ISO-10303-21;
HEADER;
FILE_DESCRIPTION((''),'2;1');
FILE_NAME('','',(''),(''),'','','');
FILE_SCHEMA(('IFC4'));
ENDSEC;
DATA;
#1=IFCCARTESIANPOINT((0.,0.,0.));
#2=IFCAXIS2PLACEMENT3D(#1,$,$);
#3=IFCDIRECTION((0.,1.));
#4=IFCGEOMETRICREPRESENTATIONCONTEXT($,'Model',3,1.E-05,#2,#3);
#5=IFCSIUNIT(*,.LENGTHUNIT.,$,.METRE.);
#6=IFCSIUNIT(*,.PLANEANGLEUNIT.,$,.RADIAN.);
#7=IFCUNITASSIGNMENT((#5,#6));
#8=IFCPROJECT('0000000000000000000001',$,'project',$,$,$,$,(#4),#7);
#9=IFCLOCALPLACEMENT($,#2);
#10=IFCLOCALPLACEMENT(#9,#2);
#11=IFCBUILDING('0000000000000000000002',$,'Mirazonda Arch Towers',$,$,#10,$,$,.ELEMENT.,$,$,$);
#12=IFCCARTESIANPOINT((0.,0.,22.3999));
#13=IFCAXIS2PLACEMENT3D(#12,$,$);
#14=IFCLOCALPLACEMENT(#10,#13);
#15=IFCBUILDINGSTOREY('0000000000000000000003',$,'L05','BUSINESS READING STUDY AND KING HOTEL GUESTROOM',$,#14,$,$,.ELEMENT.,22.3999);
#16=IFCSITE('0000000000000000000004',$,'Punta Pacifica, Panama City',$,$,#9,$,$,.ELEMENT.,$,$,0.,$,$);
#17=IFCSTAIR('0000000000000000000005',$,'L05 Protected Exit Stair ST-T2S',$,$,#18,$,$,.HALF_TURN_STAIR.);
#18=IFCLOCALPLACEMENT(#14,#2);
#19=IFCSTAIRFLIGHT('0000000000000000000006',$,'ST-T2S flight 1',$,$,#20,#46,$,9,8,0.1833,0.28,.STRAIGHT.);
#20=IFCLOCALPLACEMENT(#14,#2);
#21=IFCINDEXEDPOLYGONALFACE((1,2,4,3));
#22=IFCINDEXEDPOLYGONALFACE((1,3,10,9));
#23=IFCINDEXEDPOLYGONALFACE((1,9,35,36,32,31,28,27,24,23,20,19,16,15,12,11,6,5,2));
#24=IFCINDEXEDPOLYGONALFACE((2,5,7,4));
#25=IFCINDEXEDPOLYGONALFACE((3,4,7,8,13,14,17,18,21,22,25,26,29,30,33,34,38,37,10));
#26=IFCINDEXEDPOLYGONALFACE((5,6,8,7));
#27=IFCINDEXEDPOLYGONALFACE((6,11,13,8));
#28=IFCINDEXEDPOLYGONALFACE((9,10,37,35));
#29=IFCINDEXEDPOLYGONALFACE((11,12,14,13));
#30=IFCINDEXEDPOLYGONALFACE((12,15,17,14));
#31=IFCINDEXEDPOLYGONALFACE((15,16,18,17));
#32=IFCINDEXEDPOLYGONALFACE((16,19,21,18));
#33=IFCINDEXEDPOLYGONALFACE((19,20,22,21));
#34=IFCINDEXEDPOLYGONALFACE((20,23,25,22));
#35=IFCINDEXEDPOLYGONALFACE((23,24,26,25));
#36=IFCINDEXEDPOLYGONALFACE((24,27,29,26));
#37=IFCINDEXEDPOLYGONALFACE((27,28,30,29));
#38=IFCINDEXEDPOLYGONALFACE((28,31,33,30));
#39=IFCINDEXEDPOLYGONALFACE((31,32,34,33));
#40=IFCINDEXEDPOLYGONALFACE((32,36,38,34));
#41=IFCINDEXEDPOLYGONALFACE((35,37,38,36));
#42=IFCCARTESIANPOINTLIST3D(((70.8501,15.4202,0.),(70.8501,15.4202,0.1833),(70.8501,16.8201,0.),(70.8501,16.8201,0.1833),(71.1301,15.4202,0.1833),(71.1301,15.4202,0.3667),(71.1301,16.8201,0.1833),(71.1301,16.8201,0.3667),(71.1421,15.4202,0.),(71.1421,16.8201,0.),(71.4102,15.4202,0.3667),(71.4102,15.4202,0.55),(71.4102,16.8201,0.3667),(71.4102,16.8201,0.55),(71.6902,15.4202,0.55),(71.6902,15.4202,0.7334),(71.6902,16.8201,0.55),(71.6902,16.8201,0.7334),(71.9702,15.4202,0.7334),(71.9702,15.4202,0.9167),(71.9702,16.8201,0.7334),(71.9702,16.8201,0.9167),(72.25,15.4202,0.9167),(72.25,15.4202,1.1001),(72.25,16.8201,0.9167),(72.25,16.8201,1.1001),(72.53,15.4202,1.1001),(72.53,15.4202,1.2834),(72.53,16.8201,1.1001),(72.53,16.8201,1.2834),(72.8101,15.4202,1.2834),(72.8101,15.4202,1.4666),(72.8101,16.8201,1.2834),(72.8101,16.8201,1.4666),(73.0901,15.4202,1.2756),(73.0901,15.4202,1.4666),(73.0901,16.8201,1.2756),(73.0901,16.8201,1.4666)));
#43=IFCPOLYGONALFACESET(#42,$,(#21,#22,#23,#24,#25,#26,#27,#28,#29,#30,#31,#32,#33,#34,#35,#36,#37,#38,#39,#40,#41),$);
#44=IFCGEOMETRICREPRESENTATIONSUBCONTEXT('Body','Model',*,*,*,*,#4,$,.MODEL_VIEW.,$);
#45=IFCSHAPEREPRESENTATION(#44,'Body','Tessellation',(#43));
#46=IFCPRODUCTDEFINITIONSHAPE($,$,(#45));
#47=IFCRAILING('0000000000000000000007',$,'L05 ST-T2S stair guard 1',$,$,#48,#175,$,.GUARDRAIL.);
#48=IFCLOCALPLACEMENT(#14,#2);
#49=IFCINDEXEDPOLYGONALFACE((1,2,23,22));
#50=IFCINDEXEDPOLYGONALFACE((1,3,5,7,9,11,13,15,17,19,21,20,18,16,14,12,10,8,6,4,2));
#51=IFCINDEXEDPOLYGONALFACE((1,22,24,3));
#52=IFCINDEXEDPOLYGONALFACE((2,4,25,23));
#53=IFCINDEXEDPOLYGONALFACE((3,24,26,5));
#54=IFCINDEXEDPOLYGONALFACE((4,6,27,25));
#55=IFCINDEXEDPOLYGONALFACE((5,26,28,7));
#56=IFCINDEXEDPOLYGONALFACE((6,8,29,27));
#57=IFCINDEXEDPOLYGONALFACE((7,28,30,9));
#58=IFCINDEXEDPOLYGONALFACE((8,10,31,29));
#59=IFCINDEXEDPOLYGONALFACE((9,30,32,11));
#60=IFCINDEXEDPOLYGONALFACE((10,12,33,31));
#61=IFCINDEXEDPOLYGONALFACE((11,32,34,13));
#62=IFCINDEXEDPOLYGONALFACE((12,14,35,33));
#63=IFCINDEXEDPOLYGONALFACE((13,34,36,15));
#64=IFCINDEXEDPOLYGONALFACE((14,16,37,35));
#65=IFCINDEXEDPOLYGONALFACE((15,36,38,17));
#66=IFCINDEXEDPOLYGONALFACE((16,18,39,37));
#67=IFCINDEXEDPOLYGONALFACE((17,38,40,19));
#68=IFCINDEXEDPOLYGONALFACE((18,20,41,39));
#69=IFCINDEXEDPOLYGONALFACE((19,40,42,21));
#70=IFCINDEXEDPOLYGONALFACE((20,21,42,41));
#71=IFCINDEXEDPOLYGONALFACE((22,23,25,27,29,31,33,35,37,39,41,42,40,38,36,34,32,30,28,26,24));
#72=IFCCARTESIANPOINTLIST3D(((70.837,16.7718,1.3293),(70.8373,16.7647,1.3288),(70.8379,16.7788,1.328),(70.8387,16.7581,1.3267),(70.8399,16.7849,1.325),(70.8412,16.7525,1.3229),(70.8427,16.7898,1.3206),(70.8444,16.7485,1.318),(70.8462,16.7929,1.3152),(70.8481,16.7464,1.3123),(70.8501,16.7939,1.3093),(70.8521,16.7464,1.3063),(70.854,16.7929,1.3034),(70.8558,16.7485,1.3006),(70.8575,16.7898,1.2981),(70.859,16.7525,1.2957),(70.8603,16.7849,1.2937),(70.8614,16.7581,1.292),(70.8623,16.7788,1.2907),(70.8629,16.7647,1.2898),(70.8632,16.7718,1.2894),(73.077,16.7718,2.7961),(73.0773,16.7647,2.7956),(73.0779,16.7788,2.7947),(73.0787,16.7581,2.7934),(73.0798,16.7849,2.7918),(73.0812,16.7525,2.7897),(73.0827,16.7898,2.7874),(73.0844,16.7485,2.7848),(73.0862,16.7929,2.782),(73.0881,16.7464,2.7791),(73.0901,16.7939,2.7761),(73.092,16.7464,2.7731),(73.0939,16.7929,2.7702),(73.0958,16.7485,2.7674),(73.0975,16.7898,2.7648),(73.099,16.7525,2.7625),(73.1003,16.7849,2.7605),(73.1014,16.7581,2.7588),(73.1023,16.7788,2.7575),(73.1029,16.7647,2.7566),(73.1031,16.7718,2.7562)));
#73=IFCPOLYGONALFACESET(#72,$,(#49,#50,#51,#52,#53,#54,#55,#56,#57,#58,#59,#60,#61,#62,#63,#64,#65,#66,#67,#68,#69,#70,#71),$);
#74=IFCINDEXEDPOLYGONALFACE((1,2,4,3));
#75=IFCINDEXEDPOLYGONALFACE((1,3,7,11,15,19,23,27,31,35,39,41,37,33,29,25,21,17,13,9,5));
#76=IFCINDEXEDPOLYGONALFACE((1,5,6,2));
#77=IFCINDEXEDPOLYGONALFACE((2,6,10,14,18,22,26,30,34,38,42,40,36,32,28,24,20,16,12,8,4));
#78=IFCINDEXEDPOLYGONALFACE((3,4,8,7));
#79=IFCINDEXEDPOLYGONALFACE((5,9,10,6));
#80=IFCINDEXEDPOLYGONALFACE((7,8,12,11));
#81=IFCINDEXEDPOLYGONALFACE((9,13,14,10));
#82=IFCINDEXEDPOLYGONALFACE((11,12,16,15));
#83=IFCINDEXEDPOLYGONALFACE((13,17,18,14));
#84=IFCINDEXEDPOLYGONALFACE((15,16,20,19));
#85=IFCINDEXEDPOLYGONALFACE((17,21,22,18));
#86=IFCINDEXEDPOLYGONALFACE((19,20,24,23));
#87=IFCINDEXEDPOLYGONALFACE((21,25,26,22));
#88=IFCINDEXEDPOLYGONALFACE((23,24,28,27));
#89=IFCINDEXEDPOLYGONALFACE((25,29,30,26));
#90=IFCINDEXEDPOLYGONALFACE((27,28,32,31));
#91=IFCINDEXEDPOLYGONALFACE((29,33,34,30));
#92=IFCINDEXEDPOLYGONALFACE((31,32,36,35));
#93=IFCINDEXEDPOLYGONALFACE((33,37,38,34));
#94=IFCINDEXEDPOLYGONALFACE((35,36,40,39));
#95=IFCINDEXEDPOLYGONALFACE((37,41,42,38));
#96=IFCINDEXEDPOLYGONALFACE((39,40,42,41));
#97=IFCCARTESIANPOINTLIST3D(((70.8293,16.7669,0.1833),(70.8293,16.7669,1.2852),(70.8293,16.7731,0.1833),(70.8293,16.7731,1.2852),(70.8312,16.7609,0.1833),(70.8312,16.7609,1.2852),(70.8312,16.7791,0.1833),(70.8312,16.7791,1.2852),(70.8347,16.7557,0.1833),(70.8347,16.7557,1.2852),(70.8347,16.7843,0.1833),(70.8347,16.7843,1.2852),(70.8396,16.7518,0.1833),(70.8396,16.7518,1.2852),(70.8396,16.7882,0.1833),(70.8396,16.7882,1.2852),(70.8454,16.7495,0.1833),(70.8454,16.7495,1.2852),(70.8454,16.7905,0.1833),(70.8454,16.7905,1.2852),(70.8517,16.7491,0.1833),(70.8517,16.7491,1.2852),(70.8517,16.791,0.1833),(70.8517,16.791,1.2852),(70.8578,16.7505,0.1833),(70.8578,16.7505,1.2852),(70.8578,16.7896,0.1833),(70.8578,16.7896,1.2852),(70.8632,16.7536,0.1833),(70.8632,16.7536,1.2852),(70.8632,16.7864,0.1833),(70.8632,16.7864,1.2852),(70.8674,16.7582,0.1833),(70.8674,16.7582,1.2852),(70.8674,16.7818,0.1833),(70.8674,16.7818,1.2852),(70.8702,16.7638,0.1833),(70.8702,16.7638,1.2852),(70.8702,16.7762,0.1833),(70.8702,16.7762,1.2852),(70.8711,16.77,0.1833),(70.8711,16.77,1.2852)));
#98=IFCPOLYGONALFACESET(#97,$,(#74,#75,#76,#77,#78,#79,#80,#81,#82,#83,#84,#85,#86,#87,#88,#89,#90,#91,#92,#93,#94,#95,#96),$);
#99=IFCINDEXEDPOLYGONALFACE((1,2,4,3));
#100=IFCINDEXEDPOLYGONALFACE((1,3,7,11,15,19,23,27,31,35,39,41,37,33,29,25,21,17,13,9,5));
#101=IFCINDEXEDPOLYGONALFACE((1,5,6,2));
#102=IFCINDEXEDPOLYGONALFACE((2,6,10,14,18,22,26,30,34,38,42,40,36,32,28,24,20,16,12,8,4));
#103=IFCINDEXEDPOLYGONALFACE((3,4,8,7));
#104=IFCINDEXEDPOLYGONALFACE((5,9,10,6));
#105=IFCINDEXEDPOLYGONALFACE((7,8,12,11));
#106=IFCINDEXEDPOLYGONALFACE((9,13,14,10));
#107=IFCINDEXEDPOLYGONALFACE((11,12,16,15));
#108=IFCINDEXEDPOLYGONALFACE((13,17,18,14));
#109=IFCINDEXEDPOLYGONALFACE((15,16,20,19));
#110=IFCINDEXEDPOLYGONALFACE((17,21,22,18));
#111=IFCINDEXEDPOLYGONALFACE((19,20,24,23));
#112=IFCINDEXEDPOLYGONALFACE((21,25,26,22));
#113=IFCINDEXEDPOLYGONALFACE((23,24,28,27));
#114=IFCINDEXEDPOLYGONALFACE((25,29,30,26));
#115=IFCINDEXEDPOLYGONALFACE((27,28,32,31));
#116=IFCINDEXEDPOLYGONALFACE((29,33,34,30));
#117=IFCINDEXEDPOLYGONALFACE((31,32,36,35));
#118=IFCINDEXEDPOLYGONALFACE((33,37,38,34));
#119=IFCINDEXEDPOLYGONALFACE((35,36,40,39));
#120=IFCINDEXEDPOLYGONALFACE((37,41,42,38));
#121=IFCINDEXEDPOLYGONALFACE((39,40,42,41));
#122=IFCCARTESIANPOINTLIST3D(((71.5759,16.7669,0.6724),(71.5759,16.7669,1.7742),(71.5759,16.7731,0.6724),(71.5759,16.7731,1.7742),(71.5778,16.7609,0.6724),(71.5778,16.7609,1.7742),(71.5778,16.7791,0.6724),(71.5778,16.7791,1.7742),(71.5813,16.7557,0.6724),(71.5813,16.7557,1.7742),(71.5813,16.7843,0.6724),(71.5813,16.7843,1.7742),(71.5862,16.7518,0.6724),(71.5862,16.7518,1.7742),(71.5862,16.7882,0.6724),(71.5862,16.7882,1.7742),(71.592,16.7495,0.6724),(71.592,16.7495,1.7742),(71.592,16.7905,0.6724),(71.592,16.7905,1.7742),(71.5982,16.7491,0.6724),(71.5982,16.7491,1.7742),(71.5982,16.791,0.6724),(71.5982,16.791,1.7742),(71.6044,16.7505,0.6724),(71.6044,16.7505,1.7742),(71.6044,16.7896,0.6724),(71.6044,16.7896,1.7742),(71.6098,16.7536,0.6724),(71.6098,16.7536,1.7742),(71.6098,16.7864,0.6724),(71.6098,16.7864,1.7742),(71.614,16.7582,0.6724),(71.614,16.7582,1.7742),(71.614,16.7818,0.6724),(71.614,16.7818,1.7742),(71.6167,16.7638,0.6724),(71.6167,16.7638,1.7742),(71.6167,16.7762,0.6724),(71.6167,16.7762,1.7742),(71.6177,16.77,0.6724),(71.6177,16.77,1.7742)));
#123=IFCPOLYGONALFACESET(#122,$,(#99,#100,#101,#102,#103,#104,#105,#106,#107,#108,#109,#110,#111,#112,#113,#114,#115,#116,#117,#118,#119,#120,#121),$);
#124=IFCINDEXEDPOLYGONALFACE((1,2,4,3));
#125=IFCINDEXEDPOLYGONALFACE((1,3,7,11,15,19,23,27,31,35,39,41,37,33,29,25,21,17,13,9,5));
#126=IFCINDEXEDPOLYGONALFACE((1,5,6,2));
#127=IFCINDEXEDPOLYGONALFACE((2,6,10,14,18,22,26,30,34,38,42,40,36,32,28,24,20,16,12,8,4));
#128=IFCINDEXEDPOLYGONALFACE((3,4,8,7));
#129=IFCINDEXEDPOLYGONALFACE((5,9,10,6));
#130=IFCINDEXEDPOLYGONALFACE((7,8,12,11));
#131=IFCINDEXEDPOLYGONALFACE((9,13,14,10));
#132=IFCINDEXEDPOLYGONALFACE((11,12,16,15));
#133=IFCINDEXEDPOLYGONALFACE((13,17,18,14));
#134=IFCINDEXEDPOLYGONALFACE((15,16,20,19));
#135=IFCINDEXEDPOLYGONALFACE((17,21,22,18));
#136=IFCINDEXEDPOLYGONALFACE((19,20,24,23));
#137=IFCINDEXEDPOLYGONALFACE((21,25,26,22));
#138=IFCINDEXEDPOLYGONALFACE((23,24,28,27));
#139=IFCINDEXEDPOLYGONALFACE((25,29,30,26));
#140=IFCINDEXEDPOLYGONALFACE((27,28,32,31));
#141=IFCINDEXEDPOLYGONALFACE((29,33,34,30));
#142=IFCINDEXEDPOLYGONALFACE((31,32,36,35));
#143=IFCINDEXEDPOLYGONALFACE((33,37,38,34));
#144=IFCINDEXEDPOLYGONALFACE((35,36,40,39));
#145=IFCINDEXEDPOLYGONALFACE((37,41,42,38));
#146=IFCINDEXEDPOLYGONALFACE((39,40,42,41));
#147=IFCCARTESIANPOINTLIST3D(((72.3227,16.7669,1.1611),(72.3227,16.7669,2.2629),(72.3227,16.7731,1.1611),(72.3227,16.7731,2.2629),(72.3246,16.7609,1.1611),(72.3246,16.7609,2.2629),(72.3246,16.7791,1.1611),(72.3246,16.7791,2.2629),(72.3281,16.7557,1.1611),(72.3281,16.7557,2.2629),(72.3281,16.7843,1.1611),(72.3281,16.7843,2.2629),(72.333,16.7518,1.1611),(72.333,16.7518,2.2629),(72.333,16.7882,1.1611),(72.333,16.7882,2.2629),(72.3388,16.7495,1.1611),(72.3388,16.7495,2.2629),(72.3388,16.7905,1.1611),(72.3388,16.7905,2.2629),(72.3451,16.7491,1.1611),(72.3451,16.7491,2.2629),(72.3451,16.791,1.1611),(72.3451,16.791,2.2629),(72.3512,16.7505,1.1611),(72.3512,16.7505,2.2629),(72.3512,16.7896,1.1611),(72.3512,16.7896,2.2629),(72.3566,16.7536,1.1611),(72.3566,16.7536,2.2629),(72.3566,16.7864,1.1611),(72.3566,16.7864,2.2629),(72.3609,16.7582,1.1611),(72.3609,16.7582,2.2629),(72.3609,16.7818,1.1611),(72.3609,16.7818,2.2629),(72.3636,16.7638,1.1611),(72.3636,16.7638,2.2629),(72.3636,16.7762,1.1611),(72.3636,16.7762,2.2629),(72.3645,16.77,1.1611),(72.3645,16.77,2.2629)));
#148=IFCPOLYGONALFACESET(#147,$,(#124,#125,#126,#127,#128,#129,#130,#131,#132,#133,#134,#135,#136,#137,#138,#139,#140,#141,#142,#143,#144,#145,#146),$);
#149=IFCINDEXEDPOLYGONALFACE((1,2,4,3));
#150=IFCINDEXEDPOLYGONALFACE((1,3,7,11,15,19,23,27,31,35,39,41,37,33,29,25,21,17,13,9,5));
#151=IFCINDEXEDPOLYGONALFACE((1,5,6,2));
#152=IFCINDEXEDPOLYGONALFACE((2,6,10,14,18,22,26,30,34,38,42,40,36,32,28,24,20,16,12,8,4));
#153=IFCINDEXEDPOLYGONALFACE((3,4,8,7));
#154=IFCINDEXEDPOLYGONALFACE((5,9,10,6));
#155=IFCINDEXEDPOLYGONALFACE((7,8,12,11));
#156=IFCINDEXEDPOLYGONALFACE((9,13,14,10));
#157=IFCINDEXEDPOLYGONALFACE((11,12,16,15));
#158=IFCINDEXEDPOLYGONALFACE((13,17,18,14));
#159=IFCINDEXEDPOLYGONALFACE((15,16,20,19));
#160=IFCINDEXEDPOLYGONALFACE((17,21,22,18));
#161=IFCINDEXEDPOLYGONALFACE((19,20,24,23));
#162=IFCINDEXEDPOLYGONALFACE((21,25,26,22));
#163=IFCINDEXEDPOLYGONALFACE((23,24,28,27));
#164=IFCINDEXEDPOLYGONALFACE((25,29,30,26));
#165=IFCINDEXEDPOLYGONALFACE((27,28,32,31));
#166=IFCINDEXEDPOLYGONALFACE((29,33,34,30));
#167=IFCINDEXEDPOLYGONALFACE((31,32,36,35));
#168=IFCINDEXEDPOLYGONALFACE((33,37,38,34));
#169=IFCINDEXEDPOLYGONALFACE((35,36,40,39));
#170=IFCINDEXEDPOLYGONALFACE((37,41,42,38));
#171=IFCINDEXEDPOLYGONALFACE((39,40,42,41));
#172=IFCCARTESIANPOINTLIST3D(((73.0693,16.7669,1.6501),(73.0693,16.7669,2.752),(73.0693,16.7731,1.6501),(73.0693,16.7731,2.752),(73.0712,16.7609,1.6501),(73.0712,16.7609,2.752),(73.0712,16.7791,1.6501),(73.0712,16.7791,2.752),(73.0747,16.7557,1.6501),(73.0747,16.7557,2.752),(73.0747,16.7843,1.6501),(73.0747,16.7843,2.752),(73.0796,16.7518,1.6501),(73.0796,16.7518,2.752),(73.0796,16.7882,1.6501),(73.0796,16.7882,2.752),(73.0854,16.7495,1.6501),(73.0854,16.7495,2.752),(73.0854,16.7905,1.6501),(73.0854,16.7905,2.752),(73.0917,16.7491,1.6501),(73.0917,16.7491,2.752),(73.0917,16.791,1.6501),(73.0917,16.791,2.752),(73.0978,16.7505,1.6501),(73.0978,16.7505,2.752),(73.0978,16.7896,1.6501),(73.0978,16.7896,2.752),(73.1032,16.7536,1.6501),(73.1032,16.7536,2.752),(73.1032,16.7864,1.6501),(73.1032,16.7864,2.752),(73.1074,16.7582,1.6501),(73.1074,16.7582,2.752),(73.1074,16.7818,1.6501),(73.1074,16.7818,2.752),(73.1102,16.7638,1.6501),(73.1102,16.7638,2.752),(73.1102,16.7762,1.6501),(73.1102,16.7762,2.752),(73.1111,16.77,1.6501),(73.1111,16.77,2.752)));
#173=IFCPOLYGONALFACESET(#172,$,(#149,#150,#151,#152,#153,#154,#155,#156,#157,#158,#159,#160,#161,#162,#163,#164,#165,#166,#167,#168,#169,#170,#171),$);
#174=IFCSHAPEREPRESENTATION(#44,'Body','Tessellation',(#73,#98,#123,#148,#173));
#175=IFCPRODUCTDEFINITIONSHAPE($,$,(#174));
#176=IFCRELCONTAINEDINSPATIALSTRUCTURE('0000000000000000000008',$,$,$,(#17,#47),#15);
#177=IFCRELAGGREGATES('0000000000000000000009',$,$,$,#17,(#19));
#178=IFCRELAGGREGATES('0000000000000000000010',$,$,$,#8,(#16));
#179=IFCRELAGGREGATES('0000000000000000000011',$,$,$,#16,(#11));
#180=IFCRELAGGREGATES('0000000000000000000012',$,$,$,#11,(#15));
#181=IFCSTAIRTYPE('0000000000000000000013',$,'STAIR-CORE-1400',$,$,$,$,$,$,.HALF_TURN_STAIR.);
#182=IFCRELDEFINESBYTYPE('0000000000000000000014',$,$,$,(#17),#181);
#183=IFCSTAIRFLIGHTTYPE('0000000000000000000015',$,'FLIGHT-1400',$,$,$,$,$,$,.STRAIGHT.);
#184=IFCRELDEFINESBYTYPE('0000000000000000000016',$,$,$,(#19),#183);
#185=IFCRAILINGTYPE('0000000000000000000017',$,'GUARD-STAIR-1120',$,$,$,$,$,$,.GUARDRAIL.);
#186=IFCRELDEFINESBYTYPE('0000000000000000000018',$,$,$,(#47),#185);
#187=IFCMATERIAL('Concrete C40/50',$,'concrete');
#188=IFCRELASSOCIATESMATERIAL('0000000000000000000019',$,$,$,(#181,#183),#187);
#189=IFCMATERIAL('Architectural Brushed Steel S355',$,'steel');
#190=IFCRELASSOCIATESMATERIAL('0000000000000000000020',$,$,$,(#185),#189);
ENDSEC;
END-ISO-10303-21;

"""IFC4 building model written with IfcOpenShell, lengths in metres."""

from ifc_helpers import new_model, si_unit, direction, frame, origin, origin_2d, place, context, subcontext, project, spatial, polyline, circle, outline, extrude, material, type_object, element, aggregate, save


model = new_model("IFC4")

# Units and contexts
model_context = context("Model", 3, precision=1e-05, world=origin(), true_north=direction((0.0, 1.0)))
body_context = subcontext(model_context, "Body", "Model", "MODEL_VIEW")
ifc_project = project(units=[si_unit("LENGTHUNIT", "METRE"), si_unit("PLANEANGLEUNIT", "RADIAN")], contexts=[model_context])

# Site, building, storey
site_placement = place(None, origin())
site = spatial("IfcSite", under=ifc_project, at=site_placement, Name="Punta Pacifica, Panama City", CompositionType="ELEMENT", RefElevation=0.0)
building_placement = place(site_placement, origin())
building = spatial("IfcBuilding", under=site, at=building_placement, Name="Mirazonda Arch Towers", CompositionType="ELEMENT")
storey_placement = place(building_placement, frame((0.0, 0.0, 22.3999)))
storey = spatial("IfcBuildingStorey", under=building, at=storey_placement, Name="L05", Description="BUSINESS READING STUDY AND KING HOTEL GUESTROOM", CompositionType="ELEMENT", Elevation=22.3999)

# Stair, stair flight
ifc_material_1 = material(Name="Concrete C40/50", Category="concrete")
stair_type = type_object("IfcStairType", Name="STAIR-CORE-1400", PredefinedType="HALF_TURN_STAIR", material=ifc_material_1)
stair_placement = place(storey_placement, origin())
stair = element("IfcStair", 1, at=stair_placement, inside=storey, type_object=stair_type, Name="L05 Protected Exit Stair ST-T2S", PredefinedType="HALF_TURN_STAIR")
stair_flight_type = type_object("IfcStairFlightType", Name="FLIGHT-1400", PredefinedType="STRAIGHT", material=ifc_material_1)
stair_flight_placement = place(storey_placement, frame((70.8501, 16.1201, 0.0), z_axis=(0.0, 0.0, 1.0), x_axis=(1.0, 0.0, 0.0)))
stair_flight = element("IfcStairFlight", 2, at=stair_flight_placement, type_object=stair_flight_type, Name="ST-T2S flight 1", NumberOfRisers=9, NumberOfTreads=8, PredefinedType="STRAIGHT", RiserHeight=0.1833, TreadLength=0.28, context=body_context, shape_type="SweptSolid", body=[
    extrude(outline(polyline([(0.0, 0.0), (0.0, 0.1833), (0.28, 0.1833), (0.28, 0.3667), (0.5601, 0.3667), (0.5601, 0.55), (0.8401, 0.55), (0.8401, 0.7334), (1.1201, 0.7334), (1.1201, 0.9167), (1.3999, 0.9167), (1.3999, 1.1001), (1.6799, 1.1001), (1.6799, 1.2834), (1.96, 1.2834), (1.96, 1.4666), (2.24, 1.4666), (2.24, 1.6499), (2.24, 1.2756), (0.292, 0.0), (0.0, 0.0)])), frame((0.0, 0.7, 0.0), z_axis=(0.0, -1.0, 0.0), x_axis=(1.0, 0.0, 0.0)), (0.0, 0.0, 1.0), 1.3999),
])
aggregate(stair, [stair_flight])

# Railing
ifc_material_2 = material(Name="Architectural Brushed Steel S355", Category="steel")
railing_type_1 = type_object("IfcRailingType", Name="GUARD-STAIR-1120", PredefinedType="GUARDRAIL", material=ifc_material_2)
railing_1_placement = place(storey_placement, frame((70.8501, 16.77, 0.1833)))
element("IfcRailing", 3, at=railing_1_placement, inside=storey, type_object=railing_type_1, Name="L05 ST-T2S stair guard 1", PredefinedType="GUARDRAIL", context=body_context, shape_type="SweptSolid", body=[
    extrude(circle(Radius=0.0239, at=origin_2d()), frame((0.0, 0.0, 1.126), z_axis=(0.836595, 0.0, 0.547822), x_axis=(0.0, 1.0, 0.0)), (0.0, 0.0, 1.0), 2.6775),
    extrude(circle(Radius=0.021, at=origin_2d()), origin(), (0.0, 0.0, 1.0), 1.1018),
    extrude(circle(Radius=0.021, at=origin_2d()), frame((0.7466, 0.0, 0.489)), (0.0, 0.0, 1.0), 1.1018),
    extrude(circle(Radius=0.021, at=origin_2d()), frame((1.4934, 0.0, 0.9778)), (0.0, 0.0, 1.0), 1.1018),
    extrude(circle(Radius=0.021, at=origin_2d()), frame((2.24, 0.0, 1.4668)), (0.0, 0.0, 1.0), 1.1018),
])

save(model, "model.ifc")
